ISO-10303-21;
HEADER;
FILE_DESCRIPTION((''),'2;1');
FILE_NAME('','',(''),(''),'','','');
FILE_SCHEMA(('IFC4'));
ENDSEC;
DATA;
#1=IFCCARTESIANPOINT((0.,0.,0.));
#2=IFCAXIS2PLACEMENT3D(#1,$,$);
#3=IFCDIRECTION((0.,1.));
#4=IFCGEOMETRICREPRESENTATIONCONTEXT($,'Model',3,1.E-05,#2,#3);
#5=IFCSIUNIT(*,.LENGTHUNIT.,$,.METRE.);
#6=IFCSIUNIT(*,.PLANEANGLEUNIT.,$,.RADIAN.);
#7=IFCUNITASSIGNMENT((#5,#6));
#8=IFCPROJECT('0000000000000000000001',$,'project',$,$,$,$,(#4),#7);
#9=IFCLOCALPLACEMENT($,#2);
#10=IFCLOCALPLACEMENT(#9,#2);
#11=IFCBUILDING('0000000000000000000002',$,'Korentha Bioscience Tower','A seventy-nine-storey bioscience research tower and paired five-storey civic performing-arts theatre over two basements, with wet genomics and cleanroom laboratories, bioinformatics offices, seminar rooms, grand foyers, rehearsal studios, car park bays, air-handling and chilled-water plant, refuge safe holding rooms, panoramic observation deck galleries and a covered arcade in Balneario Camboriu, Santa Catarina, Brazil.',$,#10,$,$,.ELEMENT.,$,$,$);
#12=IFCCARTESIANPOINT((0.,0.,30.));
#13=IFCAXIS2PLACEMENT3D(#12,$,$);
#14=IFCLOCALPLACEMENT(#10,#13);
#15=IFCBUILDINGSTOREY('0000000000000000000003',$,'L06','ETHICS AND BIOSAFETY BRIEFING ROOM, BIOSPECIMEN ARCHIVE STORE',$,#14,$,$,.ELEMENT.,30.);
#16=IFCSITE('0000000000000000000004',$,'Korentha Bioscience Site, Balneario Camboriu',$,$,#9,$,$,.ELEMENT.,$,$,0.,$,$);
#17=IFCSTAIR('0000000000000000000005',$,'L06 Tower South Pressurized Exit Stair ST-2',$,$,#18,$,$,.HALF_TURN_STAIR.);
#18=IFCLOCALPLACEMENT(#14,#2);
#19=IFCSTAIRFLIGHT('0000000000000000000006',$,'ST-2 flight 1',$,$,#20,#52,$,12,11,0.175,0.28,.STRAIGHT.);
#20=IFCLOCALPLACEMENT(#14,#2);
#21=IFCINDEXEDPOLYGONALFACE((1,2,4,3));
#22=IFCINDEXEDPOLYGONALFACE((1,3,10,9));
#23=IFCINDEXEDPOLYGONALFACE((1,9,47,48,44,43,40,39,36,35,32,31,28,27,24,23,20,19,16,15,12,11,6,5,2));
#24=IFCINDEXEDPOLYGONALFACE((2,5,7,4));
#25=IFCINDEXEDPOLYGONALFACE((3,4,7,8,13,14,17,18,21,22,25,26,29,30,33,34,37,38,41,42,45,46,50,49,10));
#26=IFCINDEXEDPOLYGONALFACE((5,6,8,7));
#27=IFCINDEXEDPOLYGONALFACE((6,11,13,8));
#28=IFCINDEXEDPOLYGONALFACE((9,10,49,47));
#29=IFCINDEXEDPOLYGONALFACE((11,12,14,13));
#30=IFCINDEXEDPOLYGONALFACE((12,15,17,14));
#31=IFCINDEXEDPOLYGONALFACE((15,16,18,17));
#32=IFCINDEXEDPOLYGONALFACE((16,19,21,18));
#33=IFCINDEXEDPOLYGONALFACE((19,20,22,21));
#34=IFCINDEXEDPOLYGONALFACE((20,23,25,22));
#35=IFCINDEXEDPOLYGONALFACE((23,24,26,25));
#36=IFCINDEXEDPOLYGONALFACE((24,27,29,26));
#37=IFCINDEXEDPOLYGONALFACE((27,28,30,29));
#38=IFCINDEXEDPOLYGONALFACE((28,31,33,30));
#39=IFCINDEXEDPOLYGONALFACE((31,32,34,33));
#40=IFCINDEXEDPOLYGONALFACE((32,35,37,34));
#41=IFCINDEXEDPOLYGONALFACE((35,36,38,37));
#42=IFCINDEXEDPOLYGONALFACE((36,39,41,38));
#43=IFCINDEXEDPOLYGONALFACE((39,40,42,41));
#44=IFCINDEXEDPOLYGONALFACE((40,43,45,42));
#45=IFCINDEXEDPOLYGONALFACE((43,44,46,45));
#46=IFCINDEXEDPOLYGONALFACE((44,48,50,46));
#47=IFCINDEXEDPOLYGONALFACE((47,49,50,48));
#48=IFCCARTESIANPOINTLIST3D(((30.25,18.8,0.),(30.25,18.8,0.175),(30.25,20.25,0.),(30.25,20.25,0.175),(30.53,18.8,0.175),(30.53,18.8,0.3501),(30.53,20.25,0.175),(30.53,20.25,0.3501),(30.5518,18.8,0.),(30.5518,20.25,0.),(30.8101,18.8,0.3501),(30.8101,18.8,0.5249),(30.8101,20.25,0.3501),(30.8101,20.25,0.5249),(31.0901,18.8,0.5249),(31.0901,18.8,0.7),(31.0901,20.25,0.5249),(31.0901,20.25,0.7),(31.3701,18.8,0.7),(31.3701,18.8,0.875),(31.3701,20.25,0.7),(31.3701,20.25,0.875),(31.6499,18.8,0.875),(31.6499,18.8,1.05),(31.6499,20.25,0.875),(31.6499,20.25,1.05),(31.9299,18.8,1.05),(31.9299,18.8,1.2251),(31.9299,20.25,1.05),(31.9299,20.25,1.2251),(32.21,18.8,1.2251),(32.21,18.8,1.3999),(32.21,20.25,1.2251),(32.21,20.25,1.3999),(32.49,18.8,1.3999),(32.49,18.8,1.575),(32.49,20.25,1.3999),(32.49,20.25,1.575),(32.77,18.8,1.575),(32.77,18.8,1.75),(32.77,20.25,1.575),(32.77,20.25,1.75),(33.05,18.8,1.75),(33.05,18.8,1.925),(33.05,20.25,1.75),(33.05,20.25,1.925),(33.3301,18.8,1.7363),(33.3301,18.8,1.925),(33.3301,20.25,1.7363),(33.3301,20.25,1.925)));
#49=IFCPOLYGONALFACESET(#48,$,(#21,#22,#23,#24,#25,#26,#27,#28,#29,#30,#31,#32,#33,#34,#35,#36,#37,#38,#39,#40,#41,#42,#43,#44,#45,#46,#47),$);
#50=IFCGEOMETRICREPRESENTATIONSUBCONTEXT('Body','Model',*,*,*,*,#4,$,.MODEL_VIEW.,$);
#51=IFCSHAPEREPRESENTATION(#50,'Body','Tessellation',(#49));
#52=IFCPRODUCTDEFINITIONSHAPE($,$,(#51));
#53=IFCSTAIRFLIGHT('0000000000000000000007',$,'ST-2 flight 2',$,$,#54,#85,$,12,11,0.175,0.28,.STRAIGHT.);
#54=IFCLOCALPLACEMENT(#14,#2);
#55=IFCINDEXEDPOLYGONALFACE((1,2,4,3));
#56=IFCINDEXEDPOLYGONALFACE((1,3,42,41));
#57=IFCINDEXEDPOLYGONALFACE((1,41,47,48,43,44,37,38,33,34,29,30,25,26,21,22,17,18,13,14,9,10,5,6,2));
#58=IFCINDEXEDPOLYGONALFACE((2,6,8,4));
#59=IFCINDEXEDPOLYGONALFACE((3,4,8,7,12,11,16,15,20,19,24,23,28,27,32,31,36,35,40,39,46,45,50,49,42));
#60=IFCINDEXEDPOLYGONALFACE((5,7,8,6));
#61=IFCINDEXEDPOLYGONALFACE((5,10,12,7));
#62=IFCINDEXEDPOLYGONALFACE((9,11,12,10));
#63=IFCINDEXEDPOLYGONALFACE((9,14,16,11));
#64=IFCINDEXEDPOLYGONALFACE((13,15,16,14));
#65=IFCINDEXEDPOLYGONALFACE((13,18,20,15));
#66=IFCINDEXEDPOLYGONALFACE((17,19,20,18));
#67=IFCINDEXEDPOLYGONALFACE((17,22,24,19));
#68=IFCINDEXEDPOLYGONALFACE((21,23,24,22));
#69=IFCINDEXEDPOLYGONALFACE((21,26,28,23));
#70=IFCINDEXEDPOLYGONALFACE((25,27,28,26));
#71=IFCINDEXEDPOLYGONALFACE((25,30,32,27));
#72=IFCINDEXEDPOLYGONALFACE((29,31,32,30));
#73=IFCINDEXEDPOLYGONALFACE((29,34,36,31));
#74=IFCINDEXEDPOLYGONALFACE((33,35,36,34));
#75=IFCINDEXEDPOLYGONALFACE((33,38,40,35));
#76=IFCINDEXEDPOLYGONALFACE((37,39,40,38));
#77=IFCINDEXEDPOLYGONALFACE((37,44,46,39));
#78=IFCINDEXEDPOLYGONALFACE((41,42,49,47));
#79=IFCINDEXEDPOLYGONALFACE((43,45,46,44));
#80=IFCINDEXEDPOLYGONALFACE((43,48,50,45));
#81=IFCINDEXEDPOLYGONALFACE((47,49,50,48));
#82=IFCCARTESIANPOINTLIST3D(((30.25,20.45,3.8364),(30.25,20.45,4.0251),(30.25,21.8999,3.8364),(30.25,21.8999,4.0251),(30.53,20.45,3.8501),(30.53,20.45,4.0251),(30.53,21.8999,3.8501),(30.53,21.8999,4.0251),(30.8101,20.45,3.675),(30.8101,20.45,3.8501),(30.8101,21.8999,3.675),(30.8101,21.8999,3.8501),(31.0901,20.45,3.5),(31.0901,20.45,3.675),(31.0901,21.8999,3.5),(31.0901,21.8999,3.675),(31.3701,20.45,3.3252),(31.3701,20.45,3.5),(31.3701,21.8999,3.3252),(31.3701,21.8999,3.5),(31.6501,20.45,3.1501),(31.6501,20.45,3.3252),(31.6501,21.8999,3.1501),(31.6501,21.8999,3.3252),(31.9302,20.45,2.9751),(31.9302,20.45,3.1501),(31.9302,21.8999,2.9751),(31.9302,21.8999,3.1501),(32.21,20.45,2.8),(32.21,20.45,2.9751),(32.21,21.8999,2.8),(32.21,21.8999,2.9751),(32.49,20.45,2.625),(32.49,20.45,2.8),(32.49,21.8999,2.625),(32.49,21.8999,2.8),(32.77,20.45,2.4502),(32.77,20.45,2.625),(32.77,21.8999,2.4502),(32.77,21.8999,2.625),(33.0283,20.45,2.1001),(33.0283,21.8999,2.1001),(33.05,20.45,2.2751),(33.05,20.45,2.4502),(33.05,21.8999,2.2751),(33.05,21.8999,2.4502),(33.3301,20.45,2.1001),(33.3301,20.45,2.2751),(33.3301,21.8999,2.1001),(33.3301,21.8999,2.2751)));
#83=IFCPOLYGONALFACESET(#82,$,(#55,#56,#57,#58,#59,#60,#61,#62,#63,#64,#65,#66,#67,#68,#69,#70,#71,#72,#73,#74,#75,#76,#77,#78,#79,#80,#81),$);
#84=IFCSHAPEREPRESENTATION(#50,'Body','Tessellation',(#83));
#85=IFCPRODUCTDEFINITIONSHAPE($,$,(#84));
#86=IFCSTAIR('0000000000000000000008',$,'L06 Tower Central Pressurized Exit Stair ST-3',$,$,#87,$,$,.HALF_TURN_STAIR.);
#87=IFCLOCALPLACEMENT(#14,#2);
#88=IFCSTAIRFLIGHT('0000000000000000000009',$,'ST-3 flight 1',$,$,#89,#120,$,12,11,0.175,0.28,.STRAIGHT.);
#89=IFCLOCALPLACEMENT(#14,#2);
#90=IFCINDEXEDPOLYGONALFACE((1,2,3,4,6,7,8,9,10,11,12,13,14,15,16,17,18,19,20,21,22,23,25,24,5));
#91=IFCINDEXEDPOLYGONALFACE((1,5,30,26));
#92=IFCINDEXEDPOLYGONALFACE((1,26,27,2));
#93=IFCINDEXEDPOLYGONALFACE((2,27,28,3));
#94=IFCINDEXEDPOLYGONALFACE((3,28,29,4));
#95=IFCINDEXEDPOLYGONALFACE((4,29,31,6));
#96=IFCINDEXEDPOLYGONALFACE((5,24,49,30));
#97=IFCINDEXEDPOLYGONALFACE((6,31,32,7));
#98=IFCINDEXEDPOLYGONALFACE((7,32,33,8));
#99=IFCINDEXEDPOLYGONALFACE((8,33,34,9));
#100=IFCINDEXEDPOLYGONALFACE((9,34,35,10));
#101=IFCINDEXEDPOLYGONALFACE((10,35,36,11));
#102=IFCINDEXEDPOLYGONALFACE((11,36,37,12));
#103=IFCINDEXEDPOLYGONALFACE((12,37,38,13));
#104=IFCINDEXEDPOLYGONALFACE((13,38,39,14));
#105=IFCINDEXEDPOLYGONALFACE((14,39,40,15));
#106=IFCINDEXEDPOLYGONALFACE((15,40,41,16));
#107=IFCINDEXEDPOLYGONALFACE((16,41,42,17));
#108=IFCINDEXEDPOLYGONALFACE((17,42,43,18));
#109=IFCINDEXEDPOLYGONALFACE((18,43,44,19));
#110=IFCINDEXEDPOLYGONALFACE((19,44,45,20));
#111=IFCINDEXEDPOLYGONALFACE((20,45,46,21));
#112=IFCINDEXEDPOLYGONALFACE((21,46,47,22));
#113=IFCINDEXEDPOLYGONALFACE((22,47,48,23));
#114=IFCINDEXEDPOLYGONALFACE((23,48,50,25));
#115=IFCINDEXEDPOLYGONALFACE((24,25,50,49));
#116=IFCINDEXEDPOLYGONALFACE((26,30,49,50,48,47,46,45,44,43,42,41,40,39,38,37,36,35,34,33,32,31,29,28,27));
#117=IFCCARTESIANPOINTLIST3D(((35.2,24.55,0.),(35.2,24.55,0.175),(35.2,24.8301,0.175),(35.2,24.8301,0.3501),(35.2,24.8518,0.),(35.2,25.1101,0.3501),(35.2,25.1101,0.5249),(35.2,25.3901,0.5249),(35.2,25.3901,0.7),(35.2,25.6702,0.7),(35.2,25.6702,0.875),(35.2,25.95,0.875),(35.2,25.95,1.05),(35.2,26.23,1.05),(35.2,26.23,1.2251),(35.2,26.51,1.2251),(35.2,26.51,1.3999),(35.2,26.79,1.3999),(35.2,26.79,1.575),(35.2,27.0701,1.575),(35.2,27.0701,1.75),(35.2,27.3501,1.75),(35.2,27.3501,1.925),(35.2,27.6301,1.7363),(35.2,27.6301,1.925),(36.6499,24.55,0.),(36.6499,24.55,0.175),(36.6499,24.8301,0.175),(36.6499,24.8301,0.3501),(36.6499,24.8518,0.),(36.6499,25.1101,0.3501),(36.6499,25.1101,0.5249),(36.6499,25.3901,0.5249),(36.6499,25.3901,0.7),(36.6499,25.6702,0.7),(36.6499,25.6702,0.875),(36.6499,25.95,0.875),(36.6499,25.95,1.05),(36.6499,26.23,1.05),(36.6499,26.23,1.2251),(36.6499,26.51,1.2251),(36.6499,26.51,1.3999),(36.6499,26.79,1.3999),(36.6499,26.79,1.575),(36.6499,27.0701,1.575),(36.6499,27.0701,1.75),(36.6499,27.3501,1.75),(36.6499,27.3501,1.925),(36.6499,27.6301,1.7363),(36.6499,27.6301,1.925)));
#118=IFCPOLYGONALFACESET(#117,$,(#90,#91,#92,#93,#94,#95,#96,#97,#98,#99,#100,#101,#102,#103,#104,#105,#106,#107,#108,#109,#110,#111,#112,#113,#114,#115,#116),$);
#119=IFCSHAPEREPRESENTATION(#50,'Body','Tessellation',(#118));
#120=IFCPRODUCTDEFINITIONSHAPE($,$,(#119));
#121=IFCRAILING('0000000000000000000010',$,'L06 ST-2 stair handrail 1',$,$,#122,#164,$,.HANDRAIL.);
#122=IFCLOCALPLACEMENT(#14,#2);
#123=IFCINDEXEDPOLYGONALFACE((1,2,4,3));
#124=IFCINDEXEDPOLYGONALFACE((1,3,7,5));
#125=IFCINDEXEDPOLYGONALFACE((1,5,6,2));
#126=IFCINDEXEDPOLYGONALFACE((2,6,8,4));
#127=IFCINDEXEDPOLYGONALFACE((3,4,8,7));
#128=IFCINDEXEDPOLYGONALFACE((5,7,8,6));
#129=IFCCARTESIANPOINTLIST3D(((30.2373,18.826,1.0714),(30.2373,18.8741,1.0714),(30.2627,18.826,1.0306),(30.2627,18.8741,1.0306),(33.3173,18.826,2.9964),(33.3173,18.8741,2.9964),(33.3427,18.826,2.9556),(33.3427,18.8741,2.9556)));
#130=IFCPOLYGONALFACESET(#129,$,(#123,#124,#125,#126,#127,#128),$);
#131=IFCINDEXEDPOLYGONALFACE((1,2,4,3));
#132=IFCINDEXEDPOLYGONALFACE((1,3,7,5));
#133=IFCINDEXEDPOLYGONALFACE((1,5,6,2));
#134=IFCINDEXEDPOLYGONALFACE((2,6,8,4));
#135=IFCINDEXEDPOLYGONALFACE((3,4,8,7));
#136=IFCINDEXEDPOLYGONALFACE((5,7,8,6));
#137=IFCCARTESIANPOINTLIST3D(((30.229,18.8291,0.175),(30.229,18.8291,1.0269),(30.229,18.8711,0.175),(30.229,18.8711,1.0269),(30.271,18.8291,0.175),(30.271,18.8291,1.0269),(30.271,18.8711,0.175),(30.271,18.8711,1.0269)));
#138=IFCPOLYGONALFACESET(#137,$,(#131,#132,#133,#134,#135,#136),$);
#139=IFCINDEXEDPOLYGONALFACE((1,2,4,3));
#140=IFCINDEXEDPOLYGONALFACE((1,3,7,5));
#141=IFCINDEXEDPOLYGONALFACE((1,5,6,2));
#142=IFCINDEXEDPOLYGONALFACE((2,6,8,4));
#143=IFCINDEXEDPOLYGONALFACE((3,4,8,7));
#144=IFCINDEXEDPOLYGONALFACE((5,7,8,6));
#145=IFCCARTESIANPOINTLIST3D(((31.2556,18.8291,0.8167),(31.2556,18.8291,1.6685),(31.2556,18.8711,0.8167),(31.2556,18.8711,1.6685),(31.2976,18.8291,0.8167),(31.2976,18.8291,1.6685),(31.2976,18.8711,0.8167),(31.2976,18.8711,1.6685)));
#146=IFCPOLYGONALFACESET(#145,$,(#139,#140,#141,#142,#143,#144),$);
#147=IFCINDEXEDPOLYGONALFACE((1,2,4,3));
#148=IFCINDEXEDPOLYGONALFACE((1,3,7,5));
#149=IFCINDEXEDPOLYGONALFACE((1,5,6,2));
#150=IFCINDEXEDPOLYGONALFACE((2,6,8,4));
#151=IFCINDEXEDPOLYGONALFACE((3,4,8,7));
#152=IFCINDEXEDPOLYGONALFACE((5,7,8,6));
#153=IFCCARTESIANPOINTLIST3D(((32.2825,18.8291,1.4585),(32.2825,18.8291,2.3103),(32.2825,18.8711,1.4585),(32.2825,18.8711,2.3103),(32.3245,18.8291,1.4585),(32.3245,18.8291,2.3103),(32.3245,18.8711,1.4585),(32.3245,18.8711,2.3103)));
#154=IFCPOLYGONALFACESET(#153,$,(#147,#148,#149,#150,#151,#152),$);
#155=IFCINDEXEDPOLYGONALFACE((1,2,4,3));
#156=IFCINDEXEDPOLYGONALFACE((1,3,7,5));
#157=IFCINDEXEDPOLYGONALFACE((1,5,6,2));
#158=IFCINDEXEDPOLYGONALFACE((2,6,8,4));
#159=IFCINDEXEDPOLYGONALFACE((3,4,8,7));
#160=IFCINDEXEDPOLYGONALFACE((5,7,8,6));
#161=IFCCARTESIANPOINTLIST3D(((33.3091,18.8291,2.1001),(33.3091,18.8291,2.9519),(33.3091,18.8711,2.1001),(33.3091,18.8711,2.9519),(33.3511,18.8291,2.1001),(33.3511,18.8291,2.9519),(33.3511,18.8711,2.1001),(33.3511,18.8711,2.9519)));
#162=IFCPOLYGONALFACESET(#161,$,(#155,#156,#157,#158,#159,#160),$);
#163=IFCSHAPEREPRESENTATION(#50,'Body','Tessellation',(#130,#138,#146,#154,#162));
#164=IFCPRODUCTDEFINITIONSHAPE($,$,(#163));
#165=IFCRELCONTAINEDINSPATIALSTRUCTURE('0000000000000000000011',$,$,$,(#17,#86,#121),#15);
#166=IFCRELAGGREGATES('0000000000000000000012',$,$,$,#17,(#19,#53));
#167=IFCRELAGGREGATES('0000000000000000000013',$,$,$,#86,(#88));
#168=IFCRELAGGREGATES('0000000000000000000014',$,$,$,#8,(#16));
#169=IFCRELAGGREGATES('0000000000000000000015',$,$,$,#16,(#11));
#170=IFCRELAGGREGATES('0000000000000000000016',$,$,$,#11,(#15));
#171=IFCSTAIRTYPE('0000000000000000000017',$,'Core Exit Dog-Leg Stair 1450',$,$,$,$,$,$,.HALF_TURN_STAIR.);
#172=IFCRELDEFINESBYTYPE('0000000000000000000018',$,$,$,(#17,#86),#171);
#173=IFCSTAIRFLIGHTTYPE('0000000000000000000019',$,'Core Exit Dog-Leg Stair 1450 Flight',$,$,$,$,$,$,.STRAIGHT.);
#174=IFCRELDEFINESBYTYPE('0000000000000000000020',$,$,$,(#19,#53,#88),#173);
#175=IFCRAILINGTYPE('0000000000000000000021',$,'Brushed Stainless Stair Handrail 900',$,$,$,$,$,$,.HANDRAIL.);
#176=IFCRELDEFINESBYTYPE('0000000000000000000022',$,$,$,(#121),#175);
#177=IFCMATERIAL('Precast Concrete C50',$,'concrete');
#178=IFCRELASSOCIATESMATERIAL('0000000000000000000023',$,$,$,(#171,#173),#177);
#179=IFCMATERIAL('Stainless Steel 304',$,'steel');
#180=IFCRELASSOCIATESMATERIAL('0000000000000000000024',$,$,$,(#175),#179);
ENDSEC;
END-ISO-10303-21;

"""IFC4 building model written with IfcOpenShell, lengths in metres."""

from ifc_helpers import new_model, si_unit, direction, frame, origin, origin_2d, place, context, subcontext, project, spatial, polyline, rectangle, outline, extrude, material, type_object, element, aggregate, save


model = new_model("IFC4")

# Units and contexts
model_context = context("Model", 3, precision=1e-05, world=origin(), true_north=direction((0.0, 1.0)))
body_context = subcontext(model_context, "Body", "Model", "MODEL_VIEW")
ifc_project = project(units=[si_unit("LENGTHUNIT", "METRE"), si_unit("PLANEANGLEUNIT", "RADIAN")], contexts=[model_context])

# Site, building, storey
site_placement = place(None, origin())
site = spatial("IfcSite", under=ifc_project, at=site_placement, Name="Korentha Bioscience Site, Balneario Camboriu", CompositionType="ELEMENT", RefElevation=0.0)
building_placement = place(site_placement, origin())
building = spatial("IfcBuilding", under=site, at=building_placement, Name="Korentha Bioscience Tower", Description="A seventy-nine-storey bioscience research tower and paired five-storey civic performing-arts theatre over two basements, with wet genomics and cleanroom laboratories, bioinformatics offices, seminar rooms, grand foyers, rehearsal studios, car park bays, air-handling and chilled-water plant, refuge safe holding rooms, panoramic observation deck galleries and a covered arcade in Balneario Camboriu, Santa Catarina, Brazil.", CompositionType="ELEMENT")
storey_placement = place(building_placement, frame((0.0, 0.0, 30.0)))
storey = spatial("IfcBuildingStorey", under=building, at=storey_placement, Name="L06", Description="ETHICS AND BIOSAFETY BRIEFING ROOM, BIOSPECIMEN ARCHIVE STORE", CompositionType="ELEMENT", Elevation=30.0)

# Stair, stair flights
ifc_material_1 = material(Name="Precast Concrete C50", Category="concrete")
stair_type = type_object("IfcStairType", Name="Core Exit Dog-Leg Stair 1450", PredefinedType="HALF_TURN_STAIR", material=ifc_material_1)
stair_1_placement = place(storey_placement, origin())
stair_1 = element("IfcStair", 1, at=stair_1_placement, inside=storey, type_object=stair_type, Name="L06 Tower South Pressurized Exit Stair ST-2", PredefinedType="HALF_TURN_STAIR")
stair_flight_type = type_object("IfcStairFlightType", Name="Core Exit Dog-Leg Stair 1450 Flight", PredefinedType="STRAIGHT", material=ifc_material_1)
stair_flight_1_placement = place(storey_placement, frame((30.25, 19.5249, 0.0), z_axis=(0.0, 0.0, 1.0), x_axis=(1.0, 0.0, 0.0)))
stair_flight_1 = element("IfcStairFlight", 2, at=stair_flight_1_placement, type_object=stair_flight_type, Name="ST-2 flight 1", NumberOfRisers=12, NumberOfTreads=11, PredefinedType="STRAIGHT", RiserHeight=0.175, TreadLength=0.28, context=body_context, shape_type="SweptSolid", body=[
    extrude(outline(polyline([(0.0, 0.0), (0.0, 0.175), (0.28, 0.175), (0.28, 0.3501), (0.5601, 0.3501), (0.5601, 0.5249), (0.8401, 0.5249), (0.8401, 0.7), (1.1201, 0.7), (1.1201, 0.875), (1.3999, 0.875), (1.3999, 1.05), (1.6799, 1.05), (1.6799, 1.2251), (1.96, 1.2251), (1.96, 1.3999), (2.24, 1.3999), (2.24, 1.575), (2.52, 1.575), (2.52, 1.75), (2.8, 1.75), (2.8, 1.925), (3.0801, 1.925), (3.0801, 2.1001), (3.0801, 1.7363), (0.3018, 0.0), (0.0, 0.0)])), frame((0.0, 0.7251, 0.0), z_axis=(0.0, -1.0, 0.0), x_axis=(1.0, 0.0, 0.0)), (0.0, 0.0, 1.0), 1.45),
])
stair_flight_2_placement = place(storey_placement, frame((33.3301, 21.175, 2.1001), z_axis=(0.0, 0.0, 1.0), x_axis=(-1.0, 0.0, 0.0)))
stair_flight_2 = element("IfcStairFlight", 3, at=stair_flight_2_placement, type_object=stair_flight_type, Name="ST-2 flight 2", NumberOfRisers=12, NumberOfTreads=11, PredefinedType="STRAIGHT", RiserHeight=0.175, TreadLength=0.28, context=body_context, shape_type="SweptSolid", body=[
    extrude(outline(polyline([(0.0, 0.0), (0.0, 0.175), (0.28, 0.175), (0.28, 0.3501), (0.5601, 0.3501), (0.5601, 0.5249), (0.8401, 0.5249), (0.8401, 0.7), (1.1201, 0.7), (1.1201, 0.875), (1.3999, 0.875), (1.3999, 1.05), (1.6799, 1.05), (1.6799, 1.2251), (1.96, 1.2251), (1.96, 1.3999), (2.24, 1.3999), (2.24, 1.575), (2.52, 1.575), (2.52, 1.75), (2.8, 1.75), (2.8, 1.925), (3.0801, 1.925), (3.0801, 2.1001), (3.0801, 1.7363), (0.3018, 0.0), (0.0, 0.0)])), frame((0.0, 0.7251, 0.0), z_axis=(0.0, -1.0, 0.0), x_axis=(1.0, 0.0, 0.0)), (0.0, 0.0, 1.0), 1.45),
])
aggregate(stair_1, [stair_flight_1, stair_flight_2])

# Stair, stair flight
stair_2_placement = place(storey_placement, origin())
stair_2 = element("IfcStair", 4, at=stair_2_placement, inside=storey, type_object=stair_type, Name="L06 Tower Central Pressurized Exit Stair ST-3", PredefinedType="HALF_TURN_STAIR")
stair_flight_3_placement = place(storey_placement, frame((35.925, 24.55, 0.0), z_axis=(0.0, 0.0, 1.0), x_axis=(0.0, 1.0, 0.0)))
stair_flight_3 = element("IfcStairFlight", 5, at=stair_flight_3_placement, type_object=stair_flight_type, Name="ST-3 flight 1", NumberOfRisers=12, NumberOfTreads=11, PredefinedType="STRAIGHT", RiserHeight=0.175, TreadLength=0.28, context=body_context, shape_type="SweptSolid", body=[
    extrude(outline(polyline([(0.0, 0.0), (0.0, 0.175), (0.28, 0.175), (0.28, 0.3501), (0.5601, 0.3501), (0.5601, 0.5249), (0.8401, 0.5249), (0.8401, 0.7), (1.1201, 0.7), (1.1201, 0.875), (1.3999, 0.875), (1.3999, 1.05), (1.6799, 1.05), (1.6799, 1.2251), (1.96, 1.2251), (1.96, 1.3999), (2.24, 1.3999), (2.24, 1.575), (2.52, 1.575), (2.52, 1.75), (2.8, 1.75), (2.8, 1.925), (3.0801, 1.925), (3.0801, 2.1001), (3.0801, 1.7363), (0.3018, 0.0), (0.0, 0.0)])), frame((0.0, 0.7251, 0.0), z_axis=(0.0, -1.0, 0.0), x_axis=(1.0, 0.0, 0.0)), (0.0, 0.0, 1.0), 1.45),
])
aggregate(stair_2, [stair_flight_3])

# Railing
ifc_material_2 = material(Name="Stainless Steel 304", Category="steel")
railing_type_1 = type_object("IfcRailingType", Name="Brushed Stainless Stair Handrail 900", PredefinedType="HANDRAIL", material=ifc_material_2)
railing_1_placement = place(storey_placement, frame((30.25, 18.8501, 0.175)))
element("IfcRailing", 6, at=railing_1_placement, inside=storey, type_object=railing_type_1, Name="L06 ST-2 stair handrail 1", PredefinedType="HANDRAIL", context=body_context, shape_type="SweptSolid", body=[
    extrude(rectangle(XDim=0.0481, YDim=0.0481, at=origin_2d()), frame((0.0, 0.0, 0.876), z_axis=(0.847998, 0.0, 0.529999), x_axis=(0.0, 1.0, 0.0)), (0.0, 0.0, 1.0), 3.6321),
    extrude(rectangle(XDim=0.042, YDim=0.042, at=origin_2d()), origin(), (0.0, 0.0, 1.0), 0.8518),
    extrude(rectangle(XDim=0.042, YDim=0.042, at=origin_2d()), frame((1.0266, 0.0, 0.6416)), (0.0, 0.0, 1.0), 0.8518),
    extrude(rectangle(XDim=0.042, YDim=0.042, at=origin_2d()), frame((2.0535, 0.0, 1.2834)), (0.0, 0.0, 1.0), 0.8518),
    extrude(rectangle(XDim=0.042, YDim=0.042, at=origin_2d()), frame((3.0801, 0.0, 1.925)), (0.0, 0.0, 1.0), 0.8518),
])

save(model, "model.ifc")
